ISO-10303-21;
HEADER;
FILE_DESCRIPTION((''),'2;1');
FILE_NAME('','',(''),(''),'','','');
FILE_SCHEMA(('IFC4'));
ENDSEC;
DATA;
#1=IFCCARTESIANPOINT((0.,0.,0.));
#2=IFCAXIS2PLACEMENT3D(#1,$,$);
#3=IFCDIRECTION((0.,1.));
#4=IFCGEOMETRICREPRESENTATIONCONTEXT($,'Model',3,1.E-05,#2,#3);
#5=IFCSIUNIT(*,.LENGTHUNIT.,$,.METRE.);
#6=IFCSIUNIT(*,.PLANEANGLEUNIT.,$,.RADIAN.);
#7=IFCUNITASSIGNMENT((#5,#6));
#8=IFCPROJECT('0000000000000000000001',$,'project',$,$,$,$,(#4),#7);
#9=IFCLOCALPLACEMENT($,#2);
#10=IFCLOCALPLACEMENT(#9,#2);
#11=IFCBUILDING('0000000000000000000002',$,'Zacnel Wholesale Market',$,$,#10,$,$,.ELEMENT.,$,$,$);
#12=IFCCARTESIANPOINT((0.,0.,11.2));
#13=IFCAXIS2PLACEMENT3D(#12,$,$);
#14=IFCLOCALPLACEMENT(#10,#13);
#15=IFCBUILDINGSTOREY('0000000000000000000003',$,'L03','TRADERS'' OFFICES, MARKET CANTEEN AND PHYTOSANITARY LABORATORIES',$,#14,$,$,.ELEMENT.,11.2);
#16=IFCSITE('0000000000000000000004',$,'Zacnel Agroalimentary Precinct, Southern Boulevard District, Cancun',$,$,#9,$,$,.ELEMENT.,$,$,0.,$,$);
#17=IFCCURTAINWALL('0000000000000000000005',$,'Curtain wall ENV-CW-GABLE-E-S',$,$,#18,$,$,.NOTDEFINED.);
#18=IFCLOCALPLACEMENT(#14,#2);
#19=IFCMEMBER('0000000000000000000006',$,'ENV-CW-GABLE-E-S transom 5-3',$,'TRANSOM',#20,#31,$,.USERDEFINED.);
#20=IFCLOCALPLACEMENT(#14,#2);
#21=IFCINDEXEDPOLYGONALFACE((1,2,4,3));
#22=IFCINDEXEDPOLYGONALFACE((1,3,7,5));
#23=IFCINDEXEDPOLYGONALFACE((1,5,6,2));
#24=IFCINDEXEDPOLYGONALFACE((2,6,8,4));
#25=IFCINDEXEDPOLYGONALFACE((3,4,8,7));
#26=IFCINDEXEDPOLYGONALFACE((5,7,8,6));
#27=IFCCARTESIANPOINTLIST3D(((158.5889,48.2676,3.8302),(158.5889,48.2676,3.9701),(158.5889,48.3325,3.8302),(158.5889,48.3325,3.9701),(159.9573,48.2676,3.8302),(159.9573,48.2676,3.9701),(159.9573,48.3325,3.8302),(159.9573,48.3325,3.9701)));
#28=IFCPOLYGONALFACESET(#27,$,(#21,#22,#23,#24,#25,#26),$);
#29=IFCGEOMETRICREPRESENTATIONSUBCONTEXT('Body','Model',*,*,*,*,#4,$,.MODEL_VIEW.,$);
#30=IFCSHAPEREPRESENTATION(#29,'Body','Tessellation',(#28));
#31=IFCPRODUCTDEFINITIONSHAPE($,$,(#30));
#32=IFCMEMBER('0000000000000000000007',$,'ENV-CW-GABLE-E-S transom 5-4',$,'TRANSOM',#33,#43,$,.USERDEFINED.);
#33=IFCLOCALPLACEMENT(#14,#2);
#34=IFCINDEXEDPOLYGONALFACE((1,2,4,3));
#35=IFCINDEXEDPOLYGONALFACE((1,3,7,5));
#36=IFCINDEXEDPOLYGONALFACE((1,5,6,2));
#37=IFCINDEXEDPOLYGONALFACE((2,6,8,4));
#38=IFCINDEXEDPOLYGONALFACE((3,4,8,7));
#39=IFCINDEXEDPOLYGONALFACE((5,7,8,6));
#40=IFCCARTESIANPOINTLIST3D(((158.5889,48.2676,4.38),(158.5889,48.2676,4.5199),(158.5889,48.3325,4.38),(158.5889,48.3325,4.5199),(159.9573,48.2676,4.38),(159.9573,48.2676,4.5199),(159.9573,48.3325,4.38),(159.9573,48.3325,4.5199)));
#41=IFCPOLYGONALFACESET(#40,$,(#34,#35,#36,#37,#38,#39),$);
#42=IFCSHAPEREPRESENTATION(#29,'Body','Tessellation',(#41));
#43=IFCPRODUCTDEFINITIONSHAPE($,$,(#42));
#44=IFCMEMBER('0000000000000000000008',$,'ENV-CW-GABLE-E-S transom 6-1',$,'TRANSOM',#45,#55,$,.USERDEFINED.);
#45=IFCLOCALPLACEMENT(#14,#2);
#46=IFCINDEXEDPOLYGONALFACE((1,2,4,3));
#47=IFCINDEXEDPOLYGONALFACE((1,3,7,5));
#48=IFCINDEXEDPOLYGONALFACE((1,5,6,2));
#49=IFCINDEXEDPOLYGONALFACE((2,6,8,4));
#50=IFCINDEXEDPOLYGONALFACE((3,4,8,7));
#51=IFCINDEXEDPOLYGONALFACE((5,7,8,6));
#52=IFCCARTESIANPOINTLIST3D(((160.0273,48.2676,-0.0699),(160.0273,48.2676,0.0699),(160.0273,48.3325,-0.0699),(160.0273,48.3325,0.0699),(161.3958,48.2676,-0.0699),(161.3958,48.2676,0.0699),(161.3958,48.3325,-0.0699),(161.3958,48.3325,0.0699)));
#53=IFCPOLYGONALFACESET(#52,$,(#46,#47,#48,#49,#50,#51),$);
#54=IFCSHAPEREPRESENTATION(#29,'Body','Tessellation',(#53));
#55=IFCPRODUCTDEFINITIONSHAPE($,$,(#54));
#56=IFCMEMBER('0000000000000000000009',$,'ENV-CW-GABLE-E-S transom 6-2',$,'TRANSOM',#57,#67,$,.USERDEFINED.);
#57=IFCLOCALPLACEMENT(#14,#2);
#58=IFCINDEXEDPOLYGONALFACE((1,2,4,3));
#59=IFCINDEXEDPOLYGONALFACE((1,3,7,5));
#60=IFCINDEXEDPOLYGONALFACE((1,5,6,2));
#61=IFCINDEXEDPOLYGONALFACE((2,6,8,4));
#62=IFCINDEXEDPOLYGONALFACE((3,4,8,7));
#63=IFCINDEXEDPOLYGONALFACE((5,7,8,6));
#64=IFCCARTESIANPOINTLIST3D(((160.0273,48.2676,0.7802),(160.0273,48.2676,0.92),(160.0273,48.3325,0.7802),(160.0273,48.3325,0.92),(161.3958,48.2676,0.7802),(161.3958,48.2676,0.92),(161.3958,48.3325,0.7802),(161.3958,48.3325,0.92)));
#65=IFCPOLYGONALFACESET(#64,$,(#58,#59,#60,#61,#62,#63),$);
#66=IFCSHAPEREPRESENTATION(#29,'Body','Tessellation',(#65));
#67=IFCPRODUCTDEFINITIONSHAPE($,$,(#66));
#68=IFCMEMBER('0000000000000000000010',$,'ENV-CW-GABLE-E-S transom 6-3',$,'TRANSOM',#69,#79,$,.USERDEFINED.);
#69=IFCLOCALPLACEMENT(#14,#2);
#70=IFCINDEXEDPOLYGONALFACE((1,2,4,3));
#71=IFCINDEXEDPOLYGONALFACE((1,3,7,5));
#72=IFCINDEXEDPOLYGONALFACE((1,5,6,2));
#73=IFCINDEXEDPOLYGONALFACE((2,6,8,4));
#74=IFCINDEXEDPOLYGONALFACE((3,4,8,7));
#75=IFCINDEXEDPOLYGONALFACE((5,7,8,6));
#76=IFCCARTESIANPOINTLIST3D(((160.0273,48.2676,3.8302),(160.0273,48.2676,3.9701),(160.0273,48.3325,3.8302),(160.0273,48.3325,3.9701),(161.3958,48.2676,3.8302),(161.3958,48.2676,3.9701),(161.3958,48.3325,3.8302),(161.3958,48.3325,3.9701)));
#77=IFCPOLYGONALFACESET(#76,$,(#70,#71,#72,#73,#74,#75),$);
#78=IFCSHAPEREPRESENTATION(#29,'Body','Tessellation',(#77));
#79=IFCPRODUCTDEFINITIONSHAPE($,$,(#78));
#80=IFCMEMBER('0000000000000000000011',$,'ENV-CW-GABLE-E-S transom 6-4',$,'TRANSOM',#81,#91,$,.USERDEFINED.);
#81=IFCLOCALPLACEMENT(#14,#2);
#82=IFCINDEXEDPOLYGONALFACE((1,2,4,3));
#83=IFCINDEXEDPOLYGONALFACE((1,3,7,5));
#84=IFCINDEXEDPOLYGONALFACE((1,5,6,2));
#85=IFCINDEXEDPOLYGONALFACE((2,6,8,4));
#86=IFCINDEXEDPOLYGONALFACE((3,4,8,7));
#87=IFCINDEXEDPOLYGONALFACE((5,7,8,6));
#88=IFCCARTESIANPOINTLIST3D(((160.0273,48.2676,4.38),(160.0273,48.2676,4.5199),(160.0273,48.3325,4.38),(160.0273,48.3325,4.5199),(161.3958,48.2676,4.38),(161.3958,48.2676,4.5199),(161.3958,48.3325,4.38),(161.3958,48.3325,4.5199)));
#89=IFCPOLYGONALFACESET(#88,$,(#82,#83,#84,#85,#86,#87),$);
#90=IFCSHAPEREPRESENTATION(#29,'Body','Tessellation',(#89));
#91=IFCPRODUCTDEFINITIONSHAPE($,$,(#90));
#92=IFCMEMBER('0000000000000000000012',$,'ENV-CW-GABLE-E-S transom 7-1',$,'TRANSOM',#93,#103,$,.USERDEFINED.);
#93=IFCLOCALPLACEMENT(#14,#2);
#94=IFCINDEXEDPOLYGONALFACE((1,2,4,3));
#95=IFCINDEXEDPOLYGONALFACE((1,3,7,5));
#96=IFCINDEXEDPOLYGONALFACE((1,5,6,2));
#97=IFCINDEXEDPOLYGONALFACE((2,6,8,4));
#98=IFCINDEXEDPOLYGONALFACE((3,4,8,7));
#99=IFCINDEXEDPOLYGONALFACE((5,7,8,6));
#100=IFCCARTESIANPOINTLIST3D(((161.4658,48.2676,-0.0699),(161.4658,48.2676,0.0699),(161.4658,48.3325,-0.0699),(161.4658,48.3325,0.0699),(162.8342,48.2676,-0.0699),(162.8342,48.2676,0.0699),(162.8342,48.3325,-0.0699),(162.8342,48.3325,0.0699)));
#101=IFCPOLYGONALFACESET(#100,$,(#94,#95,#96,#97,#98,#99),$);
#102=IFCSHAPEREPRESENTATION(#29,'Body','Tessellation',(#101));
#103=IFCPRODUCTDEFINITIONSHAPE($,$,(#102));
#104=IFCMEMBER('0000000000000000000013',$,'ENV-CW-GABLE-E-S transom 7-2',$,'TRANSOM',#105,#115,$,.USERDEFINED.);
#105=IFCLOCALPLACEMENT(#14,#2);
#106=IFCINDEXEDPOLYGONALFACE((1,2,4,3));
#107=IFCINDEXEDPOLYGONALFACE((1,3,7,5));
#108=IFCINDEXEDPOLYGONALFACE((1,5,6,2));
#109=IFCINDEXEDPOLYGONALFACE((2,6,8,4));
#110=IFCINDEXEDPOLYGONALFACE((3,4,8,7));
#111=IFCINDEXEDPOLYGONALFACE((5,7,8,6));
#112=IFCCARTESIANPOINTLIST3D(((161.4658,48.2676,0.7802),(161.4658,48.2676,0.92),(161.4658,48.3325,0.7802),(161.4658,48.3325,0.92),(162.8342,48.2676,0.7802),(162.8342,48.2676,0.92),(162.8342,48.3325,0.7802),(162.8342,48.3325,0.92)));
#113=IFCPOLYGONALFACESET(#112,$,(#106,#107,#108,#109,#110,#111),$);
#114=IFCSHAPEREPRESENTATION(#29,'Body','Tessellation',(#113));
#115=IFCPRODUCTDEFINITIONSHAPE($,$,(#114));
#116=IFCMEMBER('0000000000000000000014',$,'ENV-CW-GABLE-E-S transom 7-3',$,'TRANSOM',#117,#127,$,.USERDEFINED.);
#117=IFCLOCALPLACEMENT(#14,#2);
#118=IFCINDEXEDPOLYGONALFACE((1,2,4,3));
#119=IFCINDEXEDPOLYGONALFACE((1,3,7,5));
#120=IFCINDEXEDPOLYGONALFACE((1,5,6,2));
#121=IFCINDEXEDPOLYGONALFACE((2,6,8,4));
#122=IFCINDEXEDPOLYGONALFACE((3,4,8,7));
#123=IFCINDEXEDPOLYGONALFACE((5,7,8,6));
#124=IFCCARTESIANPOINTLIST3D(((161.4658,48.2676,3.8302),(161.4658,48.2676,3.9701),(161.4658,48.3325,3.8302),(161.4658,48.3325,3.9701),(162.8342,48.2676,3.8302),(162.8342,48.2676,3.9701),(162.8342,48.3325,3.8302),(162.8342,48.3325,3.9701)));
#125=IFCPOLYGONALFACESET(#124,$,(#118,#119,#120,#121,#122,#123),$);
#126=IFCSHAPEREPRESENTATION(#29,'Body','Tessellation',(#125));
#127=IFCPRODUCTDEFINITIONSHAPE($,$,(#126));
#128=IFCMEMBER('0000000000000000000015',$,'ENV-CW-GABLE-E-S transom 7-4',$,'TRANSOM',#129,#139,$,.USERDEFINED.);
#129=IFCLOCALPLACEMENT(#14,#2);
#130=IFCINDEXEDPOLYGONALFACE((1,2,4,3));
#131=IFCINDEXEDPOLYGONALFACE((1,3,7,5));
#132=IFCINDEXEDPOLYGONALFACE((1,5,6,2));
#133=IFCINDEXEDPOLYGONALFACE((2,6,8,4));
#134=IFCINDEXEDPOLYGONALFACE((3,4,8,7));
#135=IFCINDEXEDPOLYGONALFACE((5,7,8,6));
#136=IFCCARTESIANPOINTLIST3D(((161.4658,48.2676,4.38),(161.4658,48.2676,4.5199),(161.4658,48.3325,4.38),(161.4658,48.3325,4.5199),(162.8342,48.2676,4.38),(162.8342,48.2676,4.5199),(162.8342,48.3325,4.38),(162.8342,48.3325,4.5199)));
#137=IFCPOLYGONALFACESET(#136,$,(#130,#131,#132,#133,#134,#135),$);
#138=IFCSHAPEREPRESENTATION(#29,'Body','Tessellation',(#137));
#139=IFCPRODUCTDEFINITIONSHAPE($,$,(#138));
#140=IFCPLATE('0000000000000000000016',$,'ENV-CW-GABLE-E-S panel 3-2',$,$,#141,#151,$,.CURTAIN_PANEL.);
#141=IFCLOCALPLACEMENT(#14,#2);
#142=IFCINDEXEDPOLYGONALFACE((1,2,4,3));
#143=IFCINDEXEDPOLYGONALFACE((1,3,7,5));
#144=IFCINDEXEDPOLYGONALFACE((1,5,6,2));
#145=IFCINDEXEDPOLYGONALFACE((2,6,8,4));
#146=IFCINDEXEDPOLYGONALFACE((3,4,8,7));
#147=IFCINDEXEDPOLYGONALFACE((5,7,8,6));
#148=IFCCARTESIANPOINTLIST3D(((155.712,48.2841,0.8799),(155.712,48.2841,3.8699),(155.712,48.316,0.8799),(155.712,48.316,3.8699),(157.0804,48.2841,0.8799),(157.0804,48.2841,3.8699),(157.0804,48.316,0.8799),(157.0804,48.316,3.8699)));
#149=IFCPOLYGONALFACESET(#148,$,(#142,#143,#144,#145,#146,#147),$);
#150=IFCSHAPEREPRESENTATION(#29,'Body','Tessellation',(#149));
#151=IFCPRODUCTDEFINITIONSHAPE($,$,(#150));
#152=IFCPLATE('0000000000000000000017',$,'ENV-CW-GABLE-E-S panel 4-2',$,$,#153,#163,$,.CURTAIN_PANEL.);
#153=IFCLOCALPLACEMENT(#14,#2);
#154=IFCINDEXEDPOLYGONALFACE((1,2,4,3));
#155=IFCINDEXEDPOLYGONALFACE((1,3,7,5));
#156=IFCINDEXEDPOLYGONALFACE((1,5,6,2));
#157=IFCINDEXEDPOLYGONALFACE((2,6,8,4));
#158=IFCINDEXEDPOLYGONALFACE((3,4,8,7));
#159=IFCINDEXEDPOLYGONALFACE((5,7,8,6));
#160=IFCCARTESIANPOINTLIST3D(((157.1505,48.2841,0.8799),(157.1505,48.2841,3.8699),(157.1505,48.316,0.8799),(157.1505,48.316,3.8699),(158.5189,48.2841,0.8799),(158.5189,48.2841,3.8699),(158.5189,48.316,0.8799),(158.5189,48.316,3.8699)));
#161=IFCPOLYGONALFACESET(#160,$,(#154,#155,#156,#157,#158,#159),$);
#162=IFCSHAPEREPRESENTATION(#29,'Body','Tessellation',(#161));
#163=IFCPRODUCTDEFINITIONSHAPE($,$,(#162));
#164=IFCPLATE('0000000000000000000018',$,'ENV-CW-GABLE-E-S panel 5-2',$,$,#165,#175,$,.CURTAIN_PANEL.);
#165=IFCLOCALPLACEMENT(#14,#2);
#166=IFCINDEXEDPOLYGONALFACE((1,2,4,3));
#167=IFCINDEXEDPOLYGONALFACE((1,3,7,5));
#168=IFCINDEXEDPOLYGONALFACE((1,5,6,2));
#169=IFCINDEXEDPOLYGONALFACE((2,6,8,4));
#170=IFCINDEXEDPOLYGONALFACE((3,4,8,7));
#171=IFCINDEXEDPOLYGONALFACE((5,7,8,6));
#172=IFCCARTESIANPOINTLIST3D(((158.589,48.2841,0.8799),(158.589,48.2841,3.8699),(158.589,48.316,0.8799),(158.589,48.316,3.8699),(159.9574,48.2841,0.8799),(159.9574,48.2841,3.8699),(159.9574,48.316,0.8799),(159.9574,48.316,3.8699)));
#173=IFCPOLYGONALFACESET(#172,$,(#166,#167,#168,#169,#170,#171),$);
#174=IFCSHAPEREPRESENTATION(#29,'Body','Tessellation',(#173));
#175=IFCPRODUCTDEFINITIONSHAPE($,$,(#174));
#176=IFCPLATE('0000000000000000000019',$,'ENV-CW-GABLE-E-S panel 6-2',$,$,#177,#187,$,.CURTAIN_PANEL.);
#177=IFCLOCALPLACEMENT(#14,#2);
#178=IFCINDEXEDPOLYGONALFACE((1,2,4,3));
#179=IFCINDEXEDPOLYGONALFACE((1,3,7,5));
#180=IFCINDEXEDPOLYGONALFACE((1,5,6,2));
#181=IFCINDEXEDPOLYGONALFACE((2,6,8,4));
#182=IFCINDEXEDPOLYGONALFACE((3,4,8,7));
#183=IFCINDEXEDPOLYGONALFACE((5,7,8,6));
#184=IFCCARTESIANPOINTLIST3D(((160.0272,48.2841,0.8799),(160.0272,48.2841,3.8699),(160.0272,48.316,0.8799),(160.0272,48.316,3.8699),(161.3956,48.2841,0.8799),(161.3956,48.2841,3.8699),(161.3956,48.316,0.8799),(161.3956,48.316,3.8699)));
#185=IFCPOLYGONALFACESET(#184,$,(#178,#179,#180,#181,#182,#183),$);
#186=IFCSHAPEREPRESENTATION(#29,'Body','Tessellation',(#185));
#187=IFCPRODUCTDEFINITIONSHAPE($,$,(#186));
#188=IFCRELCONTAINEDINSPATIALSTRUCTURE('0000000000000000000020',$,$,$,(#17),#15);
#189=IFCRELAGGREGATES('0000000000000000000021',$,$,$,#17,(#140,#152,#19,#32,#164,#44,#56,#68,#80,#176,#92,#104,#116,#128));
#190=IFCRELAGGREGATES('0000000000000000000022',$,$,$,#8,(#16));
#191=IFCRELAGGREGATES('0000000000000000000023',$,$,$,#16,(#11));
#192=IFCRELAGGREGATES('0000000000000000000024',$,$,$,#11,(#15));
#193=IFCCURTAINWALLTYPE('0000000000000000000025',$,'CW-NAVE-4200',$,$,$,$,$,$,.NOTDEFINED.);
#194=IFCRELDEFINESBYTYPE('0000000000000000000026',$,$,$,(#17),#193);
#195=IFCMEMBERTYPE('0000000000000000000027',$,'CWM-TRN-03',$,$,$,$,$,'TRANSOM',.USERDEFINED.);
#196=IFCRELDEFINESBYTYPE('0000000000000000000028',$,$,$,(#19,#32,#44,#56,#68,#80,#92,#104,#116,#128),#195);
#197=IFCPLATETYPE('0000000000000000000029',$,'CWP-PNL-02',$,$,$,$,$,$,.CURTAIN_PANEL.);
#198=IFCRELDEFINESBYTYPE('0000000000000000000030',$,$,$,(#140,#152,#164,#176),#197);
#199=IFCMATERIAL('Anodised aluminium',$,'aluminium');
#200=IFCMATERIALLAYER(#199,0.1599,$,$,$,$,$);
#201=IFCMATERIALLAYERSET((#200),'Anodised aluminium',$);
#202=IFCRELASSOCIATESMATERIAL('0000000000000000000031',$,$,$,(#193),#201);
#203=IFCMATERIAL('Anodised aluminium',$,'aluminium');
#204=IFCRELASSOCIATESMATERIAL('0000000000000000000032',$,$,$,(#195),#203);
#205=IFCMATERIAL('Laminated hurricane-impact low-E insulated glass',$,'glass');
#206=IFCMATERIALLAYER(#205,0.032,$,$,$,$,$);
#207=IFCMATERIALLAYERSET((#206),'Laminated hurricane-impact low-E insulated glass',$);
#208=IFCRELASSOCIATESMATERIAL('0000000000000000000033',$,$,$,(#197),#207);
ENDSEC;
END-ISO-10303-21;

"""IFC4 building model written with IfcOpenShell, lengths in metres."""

from ifc_helpers import new_model, si_unit, direction, frame, origin, origin_2d, place, context, subcontext, project, spatial, rectangle, extrude, material, layer, layer_set, material_profile, profile_set, type_object, element, aggregate, save


model = new_model("IFC4")

# Units and contexts
model_context = context("Model", 3, precision=1e-05, world=origin(), true_north=direction((0.0, 1.0)))
body_context = subcontext(model_context, "Body", "Model", "MODEL_VIEW")
ifc_project = project(units=[si_unit("LENGTHUNIT", "METRE"), si_unit("PLANEANGLEUNIT", "RADIAN")], contexts=[model_context])

# Site, building, storey
site_placement = place(None, origin())
site = spatial("IfcSite", under=ifc_project, at=site_placement, Name="Zacnel Agroalimentary Precinct, Southern Boulevard District, Cancun", CompositionType="ELEMENT", RefElevation=0.0)
building_placement = place(site_placement, origin())
building = spatial("IfcBuilding", under=site, at=building_placement, Name="Zacnel Wholesale Market", CompositionType="ELEMENT")
storey_placement = place(building_placement, frame((0.0, 0.0, 11.2)))
storey = spatial("IfcBuildingStorey", under=building, at=storey_placement, Name="L03", Description="TRADERS' OFFICES, MARKET CANTEEN AND PHYTOSANITARY LABORATORIES", CompositionType="ELEMENT", Elevation=11.2)

# Curtain wall, members, plates
ifc_material_1 = material(Name="Anodised aluminium", Category="aluminium")
ifc_layer_1 = layer(ifc_material_1, 0.1599)
ifc_layer_set_1 = layer_set([ifc_layer_1], Name="Anodised aluminium")
curtain_wall_type = type_object("IfcCurtainWallType", Name="CW-NAVE-4200", PredefinedType="NOTDEFINED", material=ifc_layer_set_1)
curtain_wall_placement = place(storey_placement, origin())
curtain_wall = element("IfcCurtainWall", 1, at=curtain_wall_placement, inside=storey, type_object=curtain_wall_type, Name="Curtain wall ENV-CW-GABLE-E-S", PredefinedType="NOTDEFINED")
ifc_material_2 = material(Name="Anodised aluminium", Category="aluminium")
ifc_material_profile_1 = material_profile(ifc_material_2, rectangle(XDim=0.0649, YDim=0.1399, at=origin_2d()), Name="AW-TRANSOM 65x140")
ifc_profile_set_1 = profile_set([ifc_material_profile_1], Name="Anodised aluminium")
member_type_1 = type_object("IfcMemberType", Name="CWM-TRN-03", ElementType="TRANSOM", PredefinedType="USERDEFINED", material=ifc_profile_set_1)
member_1_placement = place(storey_placement, frame((158.5889, 48.3, 3.9001), z_axis=(1.0, 0.0, 0.0), x_axis=(0.0, 1.0, 0.0)))
member_1 = element("IfcMember", 2, at=member_1_placement, type_object=member_type_1, Name="ENV-CW-GABLE-E-S transom 5-3", ObjectType="TRANSOM", PredefinedType="USERDEFINED", context=body_context, shape_type="SweptSolid", body=[
    extrude(rectangle(XDim=0.0649, YDim=0.1399, at=origin_2d()), origin(), (0.0, 0.0, 1.0), 1.3684),
])
member_2_placement = place(storey_placement, frame((158.5889, 48.3, 4.45), z_axis=(1.0, 0.0, 0.0), x_axis=(0.0, 1.0, 0.0)))
member_2 = element("IfcMember", 3, at=member_2_placement, type_object=member_type_1, Name="ENV-CW-GABLE-E-S transom 5-4", ObjectType="TRANSOM", PredefinedType="USERDEFINED", context=body_context, shape_type="SweptSolid", body=[
    extrude(rectangle(XDim=0.0649, YDim=0.1399, at=origin_2d()), origin(), (0.0, 0.0, 1.0), 1.3684),
])
member_3_placement = place(storey_placement, frame((160.0273, 48.3, 0.0), z_axis=(1.0, 0.0, 0.0), x_axis=(0.0, 1.0, 0.0)))
member_3 = element("IfcMember", 4, at=member_3_placement, type_object=member_type_1, Name="ENV-CW-GABLE-E-S transom 6-1", ObjectType="TRANSOM", PredefinedType="USERDEFINED", context=body_context, shape_type="SweptSolid", body=[
    extrude(rectangle(XDim=0.0649, YDim=0.1399, at=origin_2d()), origin(), (0.0, 0.0, 1.0), 1.3684),
])
member_4_placement = place(storey_placement, frame((160.0273, 48.3, 0.8501), z_axis=(1.0, 0.0, 0.0), x_axis=(0.0, 1.0, 0.0)))
member_4 = element("IfcMember", 5, at=member_4_placement, type_object=member_type_1, Name="ENV-CW-GABLE-E-S transom 6-2", ObjectType="TRANSOM", PredefinedType="USERDEFINED", context=body_context, shape_type="SweptSolid", body=[
    extrude(rectangle(XDim=0.0649, YDim=0.1399, at=origin_2d()), origin(), (0.0, 0.0, 1.0), 1.3684),
])
member_5_placement = place(storey_placement, frame((160.0273, 48.3, 3.9001), z_axis=(1.0, 0.0, 0.0), x_axis=(0.0, 1.0, 0.0)))
member_5 = element("IfcMember", 6, at=member_5_placement, type_object=member_type_1, Name="ENV-CW-GABLE-E-S transom 6-3", ObjectType="TRANSOM", PredefinedType="USERDEFINED", context=body_context, shape_type="SweptSolid", body=[
    extrude(rectangle(XDim=0.0649, YDim=0.1399, at=origin_2d()), origin(), (0.0, 0.0, 1.0), 1.3684),
])
member_6_placement = place(storey_placement, frame((160.0273, 48.3, 4.45), z_axis=(1.0, 0.0, 0.0), x_axis=(0.0, 1.0, 0.0)))
member_6 = element("IfcMember", 7, at=member_6_placement, type_object=member_type_1, Name="ENV-CW-GABLE-E-S transom 6-4", ObjectType="TRANSOM", PredefinedType="USERDEFINED", context=body_context, shape_type="SweptSolid", body=[
    extrude(rectangle(XDim=0.0649, YDim=0.1399, at=origin_2d()), origin(), (0.0, 0.0, 1.0), 1.3684),
])
member_7_placement = place(storey_placement, frame((161.4658, 48.3, 0.0), z_axis=(1.0, 0.0, 0.0), x_axis=(0.0, 1.0, 0.0)))
member_7 = element("IfcMember", 8, at=member_7_placement, type_object=member_type_1, Name="ENV-CW-GABLE-E-S transom 7-1", ObjectType="TRANSOM", PredefinedType="USERDEFINED", context=body_context, shape_type="SweptSolid", body=[
    extrude(rectangle(XDim=0.0649, YDim=0.1399, at=origin_2d()), origin(), (0.0, 0.0, 1.0), 1.3684),
])
member_8_placement = place(storey_placement, frame((161.4658, 48.3, 0.8501), z_axis=(1.0, 0.0, 0.0), x_axis=(0.0, 1.0, 0.0)))
member_8 = element("IfcMember", 9, at=member_8_placement, type_object=member_type_1, Name="ENV-CW-GABLE-E-S transom 7-2", ObjectType="TRANSOM", PredefinedType="USERDEFINED", context=body_context, shape_type="SweptSolid", body=[
    extrude(rectangle(XDim=0.0649, YDim=0.1399, at=origin_2d()), origin(), (0.0, 0.0, 1.0), 1.3684),
])
member_9_placement = place(storey_placement, frame((161.4658, 48.3, 3.9001), z_axis=(1.0, 0.0, 0.0), x_axis=(0.0, 1.0, 0.0)))
member_9 = element("IfcMember", 10, at=member_9_placement, type_object=member_type_1, Name="ENV-CW-GABLE-E-S transom 7-3", ObjectType="TRANSOM", PredefinedType="USERDEFINED", context=body_context, shape_type="SweptSolid", body=[
    extrude(rectangle(XDim=0.0649, YDim=0.1399, at=origin_2d()), origin(), (0.0, 0.0, 1.0), 1.3684),
])
member_10_placement = place(storey_placement, frame((161.4658, 48.3, 4.45), z_axis=(1.0, 0.0, 0.0), x_axis=(0.0, 1.0, 0.0)))
member_10 = element("IfcMember", 11, at=member_10_placement, type_object=member_type_1, Name="ENV-CW-GABLE-E-S transom 7-4", ObjectType="TRANSOM", PredefinedType="USERDEFINED", context=body_context, shape_type="SweptSolid", body=[
    extrude(rectangle(XDim=0.0649, YDim=0.1399, at=origin_2d()), origin(), (0.0, 0.0, 1.0), 1.3684),
])
ifc_material_3 = material(Name="Laminated hurricane-impact low-E insulated glass", Category="glass")
ifc_layer_2 = layer(ifc_material_3, 0.032)
ifc_layer_set_2 = layer_set([ifc_layer_2], Name="Laminated hurricane-impact low-E insulated glass")
plate_type_1 = type_object("IfcPlateType", Name="CWP-PNL-02", PredefinedType="CURTAIN_PANEL", material=ifc_layer_set_2)
plate_1_placement = place(storey_placement, frame((156.3962, 48.3, 0.8799), z_axis=(0.0, 0.0, 1.0), x_axis=(1.0, 0.0, 0.0)))
plate_1 = element("IfcPlate", 12, at=plate_1_placement, type_object=plate_type_1, Name="ENV-CW-GABLE-E-S panel 3-2", PredefinedType="CURTAIN_PANEL", context=body_context, shape_type="SweptSolid", body=[
    extrude(rectangle(XDim=1.3684, YDim=0.032, at=origin_2d()), origin(), (0.0, 0.0, 1.0), 2.99),
])
plate_2_placement = place(storey_placement, frame((157.8347, 48.3, 0.8799), z_axis=(0.0, 0.0, 1.0), x_axis=(1.0, 0.0, 0.0)))
plate_2 = element("IfcPlate", 13, at=plate_2_placement, type_object=plate_type_1, Name="ENV-CW-GABLE-E-S panel 4-2", PredefinedType="CURTAIN_PANEL", context=body_context, shape_type="SweptSolid", body=[
    extrude(rectangle(XDim=1.3684, YDim=0.032, at=origin_2d()), origin(), (0.0, 0.0, 1.0), 2.99),
])
plate_3_placement = place(storey_placement, frame((159.2732, 48.3, 0.8799), z_axis=(0.0, 0.0, 1.0), x_axis=(1.0, 0.0, 0.0)))
plate_3 = element("IfcPlate", 14, at=plate_3_placement, type_object=plate_type_1, Name="ENV-CW-GABLE-E-S panel 5-2", PredefinedType="CURTAIN_PANEL", context=body_context, shape_type="SweptSolid", body=[
    extrude(rectangle(XDim=1.3684, YDim=0.032, at=origin_2d()), origin(), (0.0, 0.0, 1.0), 2.99),
])
plate_4_placement = place(storey_placement, frame((160.7114, 48.3, 0.8799), z_axis=(0.0, 0.0, 1.0), x_axis=(1.0, 0.0, 0.0)))
plate_4 = element("IfcPlate", 15, at=plate_4_placement, type_object=plate_type_1, Name="ENV-CW-GABLE-E-S panel 6-2", PredefinedType="CURTAIN_PANEL", context=body_context, shape_type="SweptSolid", body=[
    extrude(rectangle(XDim=1.3684, YDim=0.032, at=origin_2d()), origin(), (0.0, 0.0, 1.0), 2.99),
])
aggregate(curtain_wall, [plate_1, plate_2, member_1, member_2, plate_3, member_3, member_4, member_5, member_6, plate_4, member_7, member_8, member_9, member_10])

save(model, "model.ifc")
